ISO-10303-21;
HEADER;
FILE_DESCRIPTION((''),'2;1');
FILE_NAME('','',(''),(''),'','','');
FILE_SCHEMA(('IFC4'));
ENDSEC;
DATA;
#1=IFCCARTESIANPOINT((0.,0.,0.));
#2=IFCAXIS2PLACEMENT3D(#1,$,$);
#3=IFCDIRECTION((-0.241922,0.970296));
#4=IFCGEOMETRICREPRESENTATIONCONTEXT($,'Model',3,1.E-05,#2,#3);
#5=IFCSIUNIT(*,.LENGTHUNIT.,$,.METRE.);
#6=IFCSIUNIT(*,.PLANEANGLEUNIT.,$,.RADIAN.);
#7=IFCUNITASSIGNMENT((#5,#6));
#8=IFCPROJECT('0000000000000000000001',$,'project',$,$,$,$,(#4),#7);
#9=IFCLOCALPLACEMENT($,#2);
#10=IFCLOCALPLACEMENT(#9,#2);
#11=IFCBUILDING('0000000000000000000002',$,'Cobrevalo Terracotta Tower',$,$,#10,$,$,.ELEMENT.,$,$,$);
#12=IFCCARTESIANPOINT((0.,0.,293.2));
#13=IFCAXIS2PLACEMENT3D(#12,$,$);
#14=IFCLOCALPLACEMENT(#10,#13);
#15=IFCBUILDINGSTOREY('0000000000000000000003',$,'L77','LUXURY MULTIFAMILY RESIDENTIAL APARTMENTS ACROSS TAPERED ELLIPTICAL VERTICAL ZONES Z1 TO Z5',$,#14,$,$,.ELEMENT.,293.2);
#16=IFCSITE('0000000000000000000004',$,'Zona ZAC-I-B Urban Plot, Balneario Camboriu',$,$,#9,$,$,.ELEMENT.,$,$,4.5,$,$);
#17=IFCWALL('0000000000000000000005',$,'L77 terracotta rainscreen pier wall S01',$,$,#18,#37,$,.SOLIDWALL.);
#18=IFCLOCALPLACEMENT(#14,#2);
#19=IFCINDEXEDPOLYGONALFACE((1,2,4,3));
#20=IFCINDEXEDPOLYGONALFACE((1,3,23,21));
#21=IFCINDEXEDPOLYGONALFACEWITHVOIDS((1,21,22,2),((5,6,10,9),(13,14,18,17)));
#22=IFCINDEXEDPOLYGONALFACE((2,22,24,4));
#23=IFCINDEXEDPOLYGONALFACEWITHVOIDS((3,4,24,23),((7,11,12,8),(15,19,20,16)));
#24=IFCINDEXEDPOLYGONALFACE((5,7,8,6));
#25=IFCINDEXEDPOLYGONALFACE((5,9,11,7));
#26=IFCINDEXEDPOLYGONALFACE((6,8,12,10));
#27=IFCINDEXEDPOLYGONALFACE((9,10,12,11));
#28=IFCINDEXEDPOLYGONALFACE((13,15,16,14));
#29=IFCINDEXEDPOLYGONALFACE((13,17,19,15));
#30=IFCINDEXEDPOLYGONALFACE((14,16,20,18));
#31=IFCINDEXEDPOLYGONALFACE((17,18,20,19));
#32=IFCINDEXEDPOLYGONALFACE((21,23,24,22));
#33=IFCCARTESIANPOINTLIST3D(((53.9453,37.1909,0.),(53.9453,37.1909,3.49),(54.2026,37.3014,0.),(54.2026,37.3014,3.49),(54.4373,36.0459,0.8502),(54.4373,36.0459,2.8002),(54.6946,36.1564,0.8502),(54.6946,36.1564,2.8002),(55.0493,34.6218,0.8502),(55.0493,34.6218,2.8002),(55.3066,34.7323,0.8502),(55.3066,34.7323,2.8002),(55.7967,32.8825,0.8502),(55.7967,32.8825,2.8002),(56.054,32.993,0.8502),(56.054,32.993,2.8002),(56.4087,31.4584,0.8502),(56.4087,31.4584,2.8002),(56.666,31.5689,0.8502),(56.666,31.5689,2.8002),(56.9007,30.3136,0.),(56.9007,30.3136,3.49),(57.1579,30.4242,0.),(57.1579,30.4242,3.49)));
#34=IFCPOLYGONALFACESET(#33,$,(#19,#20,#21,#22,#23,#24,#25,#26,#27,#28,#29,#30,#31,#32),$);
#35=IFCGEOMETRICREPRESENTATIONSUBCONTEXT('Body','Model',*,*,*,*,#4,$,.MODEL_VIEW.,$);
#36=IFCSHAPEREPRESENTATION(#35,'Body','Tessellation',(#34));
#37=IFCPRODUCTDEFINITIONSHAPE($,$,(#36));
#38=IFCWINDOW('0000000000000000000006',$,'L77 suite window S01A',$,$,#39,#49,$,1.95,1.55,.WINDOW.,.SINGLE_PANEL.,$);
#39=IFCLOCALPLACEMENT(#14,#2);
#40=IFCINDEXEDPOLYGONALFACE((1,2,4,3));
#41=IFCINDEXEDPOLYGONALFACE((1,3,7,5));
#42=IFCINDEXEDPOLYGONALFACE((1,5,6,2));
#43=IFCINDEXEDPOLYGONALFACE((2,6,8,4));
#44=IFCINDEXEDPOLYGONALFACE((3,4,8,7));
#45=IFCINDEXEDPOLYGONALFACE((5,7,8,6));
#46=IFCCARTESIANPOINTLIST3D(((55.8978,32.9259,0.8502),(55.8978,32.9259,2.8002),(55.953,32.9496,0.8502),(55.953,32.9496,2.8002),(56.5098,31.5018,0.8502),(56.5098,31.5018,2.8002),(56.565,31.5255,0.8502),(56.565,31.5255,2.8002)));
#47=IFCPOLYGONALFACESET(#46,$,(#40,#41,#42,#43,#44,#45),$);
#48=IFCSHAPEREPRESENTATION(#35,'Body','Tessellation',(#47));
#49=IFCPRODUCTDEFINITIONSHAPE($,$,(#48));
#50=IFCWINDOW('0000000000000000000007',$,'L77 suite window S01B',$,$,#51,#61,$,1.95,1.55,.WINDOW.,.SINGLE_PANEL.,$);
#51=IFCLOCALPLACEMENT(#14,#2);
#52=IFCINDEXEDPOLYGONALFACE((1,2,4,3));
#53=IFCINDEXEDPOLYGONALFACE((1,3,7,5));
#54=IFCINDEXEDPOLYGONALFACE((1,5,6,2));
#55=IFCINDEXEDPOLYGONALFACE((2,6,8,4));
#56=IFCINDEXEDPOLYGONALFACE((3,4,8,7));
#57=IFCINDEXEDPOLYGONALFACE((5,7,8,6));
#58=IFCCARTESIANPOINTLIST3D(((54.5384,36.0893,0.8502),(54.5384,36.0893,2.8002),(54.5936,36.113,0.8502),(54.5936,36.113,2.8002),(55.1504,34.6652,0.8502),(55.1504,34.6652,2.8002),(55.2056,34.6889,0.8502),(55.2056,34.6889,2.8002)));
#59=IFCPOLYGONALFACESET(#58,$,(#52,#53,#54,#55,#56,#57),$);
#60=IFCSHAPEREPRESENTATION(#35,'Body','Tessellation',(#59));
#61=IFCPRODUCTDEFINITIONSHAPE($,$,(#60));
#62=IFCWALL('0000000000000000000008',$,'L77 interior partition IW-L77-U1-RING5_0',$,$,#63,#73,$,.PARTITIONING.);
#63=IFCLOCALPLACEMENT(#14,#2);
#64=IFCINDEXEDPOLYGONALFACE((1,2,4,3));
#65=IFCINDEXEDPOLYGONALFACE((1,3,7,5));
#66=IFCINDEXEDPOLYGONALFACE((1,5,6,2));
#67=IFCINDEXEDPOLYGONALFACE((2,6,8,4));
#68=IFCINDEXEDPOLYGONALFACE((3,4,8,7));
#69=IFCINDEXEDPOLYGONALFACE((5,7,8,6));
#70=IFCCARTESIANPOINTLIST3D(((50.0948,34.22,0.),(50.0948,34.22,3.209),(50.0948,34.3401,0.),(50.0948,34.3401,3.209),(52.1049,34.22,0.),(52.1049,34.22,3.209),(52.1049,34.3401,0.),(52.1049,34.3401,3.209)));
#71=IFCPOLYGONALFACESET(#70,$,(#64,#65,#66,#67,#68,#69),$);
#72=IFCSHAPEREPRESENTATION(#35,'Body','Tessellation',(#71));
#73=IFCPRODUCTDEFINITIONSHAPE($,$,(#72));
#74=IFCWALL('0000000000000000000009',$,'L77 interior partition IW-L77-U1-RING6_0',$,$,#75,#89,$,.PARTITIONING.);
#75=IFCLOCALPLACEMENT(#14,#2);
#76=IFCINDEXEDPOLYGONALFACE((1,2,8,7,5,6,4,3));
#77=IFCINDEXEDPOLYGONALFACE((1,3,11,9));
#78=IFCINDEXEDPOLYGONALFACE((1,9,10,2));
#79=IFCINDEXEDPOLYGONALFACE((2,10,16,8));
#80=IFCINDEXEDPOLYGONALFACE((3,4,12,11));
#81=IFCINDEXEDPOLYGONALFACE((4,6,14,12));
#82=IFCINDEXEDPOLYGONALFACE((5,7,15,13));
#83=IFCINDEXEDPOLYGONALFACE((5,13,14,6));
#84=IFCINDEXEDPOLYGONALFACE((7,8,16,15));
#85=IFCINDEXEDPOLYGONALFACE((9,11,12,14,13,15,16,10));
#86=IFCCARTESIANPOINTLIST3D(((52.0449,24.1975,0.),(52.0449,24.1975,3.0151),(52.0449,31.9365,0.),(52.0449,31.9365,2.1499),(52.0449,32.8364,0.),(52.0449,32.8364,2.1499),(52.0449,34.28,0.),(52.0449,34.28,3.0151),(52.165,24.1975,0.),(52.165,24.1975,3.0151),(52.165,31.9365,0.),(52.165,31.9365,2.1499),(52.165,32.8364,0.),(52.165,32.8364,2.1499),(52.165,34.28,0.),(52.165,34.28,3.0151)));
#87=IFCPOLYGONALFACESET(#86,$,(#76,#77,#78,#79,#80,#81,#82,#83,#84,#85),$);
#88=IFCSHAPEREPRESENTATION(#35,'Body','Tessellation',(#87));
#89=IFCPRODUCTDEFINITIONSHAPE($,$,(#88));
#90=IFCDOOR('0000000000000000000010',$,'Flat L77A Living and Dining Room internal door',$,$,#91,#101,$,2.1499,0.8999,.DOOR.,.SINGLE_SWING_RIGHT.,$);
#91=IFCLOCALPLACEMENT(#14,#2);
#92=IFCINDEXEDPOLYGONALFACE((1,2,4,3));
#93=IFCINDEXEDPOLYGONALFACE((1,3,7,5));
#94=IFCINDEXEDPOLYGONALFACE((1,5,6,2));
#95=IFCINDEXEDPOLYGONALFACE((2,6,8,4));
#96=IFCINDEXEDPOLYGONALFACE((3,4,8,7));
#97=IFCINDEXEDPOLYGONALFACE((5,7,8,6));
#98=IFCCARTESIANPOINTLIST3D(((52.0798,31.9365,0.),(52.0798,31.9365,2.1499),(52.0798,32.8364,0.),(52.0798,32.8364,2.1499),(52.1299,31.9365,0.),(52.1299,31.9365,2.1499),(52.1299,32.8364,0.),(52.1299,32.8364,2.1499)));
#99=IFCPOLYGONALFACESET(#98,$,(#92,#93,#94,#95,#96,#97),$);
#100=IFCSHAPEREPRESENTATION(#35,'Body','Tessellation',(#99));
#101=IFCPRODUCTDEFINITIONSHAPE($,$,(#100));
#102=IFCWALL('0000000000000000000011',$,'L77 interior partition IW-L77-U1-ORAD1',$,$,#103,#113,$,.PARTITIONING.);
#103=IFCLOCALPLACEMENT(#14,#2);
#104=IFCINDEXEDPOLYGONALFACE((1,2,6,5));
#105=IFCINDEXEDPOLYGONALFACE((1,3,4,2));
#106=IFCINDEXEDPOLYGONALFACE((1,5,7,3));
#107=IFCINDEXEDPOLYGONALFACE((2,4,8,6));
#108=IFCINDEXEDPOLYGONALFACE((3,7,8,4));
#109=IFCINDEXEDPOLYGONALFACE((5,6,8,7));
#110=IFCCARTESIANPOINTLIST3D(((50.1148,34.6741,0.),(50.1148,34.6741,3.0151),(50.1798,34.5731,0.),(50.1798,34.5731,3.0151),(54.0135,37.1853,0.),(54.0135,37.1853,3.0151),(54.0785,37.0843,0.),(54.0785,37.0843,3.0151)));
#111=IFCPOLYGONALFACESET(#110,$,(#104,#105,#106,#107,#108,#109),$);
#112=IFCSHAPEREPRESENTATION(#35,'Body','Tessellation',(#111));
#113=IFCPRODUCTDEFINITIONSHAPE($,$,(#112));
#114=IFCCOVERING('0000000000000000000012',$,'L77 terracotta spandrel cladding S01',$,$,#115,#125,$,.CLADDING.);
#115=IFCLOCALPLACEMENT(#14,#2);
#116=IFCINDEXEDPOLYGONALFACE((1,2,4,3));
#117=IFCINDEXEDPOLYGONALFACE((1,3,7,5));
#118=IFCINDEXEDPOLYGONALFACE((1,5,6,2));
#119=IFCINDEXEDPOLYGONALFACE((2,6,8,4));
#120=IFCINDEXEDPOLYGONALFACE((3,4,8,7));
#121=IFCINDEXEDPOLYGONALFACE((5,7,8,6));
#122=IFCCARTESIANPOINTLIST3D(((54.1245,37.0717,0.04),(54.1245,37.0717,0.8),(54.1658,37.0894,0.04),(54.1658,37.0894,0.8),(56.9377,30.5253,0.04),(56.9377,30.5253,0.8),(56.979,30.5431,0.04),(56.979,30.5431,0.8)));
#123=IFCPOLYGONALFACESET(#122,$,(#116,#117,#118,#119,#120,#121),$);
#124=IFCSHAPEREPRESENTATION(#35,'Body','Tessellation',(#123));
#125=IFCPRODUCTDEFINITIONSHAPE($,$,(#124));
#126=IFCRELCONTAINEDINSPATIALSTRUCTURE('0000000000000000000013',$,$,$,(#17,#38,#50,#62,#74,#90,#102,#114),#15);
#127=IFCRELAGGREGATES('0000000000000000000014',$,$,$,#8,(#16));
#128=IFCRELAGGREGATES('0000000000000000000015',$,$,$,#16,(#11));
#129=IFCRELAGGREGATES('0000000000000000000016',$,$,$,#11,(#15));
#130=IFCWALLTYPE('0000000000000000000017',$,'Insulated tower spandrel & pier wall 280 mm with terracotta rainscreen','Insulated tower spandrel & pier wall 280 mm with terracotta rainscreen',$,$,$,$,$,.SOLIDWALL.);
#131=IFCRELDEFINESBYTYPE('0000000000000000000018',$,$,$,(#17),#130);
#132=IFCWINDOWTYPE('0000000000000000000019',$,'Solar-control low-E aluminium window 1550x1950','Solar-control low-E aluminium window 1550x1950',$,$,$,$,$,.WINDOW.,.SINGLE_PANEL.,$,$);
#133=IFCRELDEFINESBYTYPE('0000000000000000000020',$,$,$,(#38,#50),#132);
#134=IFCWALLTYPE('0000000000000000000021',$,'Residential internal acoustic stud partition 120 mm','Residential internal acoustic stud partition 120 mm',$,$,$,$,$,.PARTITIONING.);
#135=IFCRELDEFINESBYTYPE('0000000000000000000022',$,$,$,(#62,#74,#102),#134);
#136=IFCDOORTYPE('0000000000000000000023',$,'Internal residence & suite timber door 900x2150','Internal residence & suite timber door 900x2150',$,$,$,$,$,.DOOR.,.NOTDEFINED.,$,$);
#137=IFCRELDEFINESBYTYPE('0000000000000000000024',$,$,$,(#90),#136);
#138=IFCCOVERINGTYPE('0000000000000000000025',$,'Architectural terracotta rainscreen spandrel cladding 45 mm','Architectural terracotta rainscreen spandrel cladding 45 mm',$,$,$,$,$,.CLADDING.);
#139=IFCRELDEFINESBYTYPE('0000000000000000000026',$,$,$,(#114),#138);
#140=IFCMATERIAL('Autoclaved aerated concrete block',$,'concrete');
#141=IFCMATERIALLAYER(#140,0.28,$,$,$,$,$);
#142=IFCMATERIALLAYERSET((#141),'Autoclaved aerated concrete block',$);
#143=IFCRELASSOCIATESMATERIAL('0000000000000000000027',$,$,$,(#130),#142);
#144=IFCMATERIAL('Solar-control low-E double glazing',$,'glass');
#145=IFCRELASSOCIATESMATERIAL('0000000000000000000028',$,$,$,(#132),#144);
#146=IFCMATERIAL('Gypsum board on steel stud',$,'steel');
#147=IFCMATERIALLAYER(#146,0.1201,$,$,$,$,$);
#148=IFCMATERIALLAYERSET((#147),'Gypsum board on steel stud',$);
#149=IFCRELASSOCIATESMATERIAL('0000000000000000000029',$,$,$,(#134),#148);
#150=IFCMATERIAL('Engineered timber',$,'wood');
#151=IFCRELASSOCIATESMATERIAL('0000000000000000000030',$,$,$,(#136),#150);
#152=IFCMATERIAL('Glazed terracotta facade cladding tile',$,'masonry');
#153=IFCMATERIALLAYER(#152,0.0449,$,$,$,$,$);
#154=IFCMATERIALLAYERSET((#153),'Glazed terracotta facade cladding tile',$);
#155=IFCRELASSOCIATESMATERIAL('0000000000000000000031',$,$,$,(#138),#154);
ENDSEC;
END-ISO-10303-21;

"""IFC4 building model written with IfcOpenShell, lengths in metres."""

from ifc_helpers import new_model, si_unit, direction, frame, frame_2d, origin, origin_2d, place, context, subcontext, project, spatial, rectangle, extrude, source, transform, mapped, material, layer, layer_set, type_object, element, fill, save


model = new_model("IFC4")

# Units and contexts
model_context = context("Model", 3, precision=1e-05, world=origin(), true_north=direction((-0.241922, 0.970296)))
body_context = subcontext(model_context, "Body", "Model", "MODEL_VIEW")
ifc_project = project(units=[si_unit("LENGTHUNIT", "METRE"), si_unit("PLANEANGLEUNIT", "RADIAN")], contexts=[model_context])

# Site, building, storey
site_placement = place(None, origin())
site = spatial("IfcSite", under=ifc_project, at=site_placement, Name="Zona ZAC-I-B Urban Plot, Balneario Camboriu", CompositionType="ELEMENT", RefElevation=4.5)
building_placement = place(site_placement, origin())
building = spatial("IfcBuilding", under=site, at=building_placement, Name="Cobrevalo Terracotta Tower", CompositionType="ELEMENT")
storey_placement = place(building_placement, frame((0.0, 0.0, 293.2)))
storey = spatial("IfcBuildingStorey", under=building, at=storey_placement, Name="L77", Description="LUXURY MULTIFAMILY RESIDENTIAL APARTMENTS ACROSS TAPERED ELLIPTICAL VERTICAL ZONES Z1 TO Z5", CompositionType="ELEMENT", Elevation=293.2)

# Shared definitions
ifc_material_1 = material(Name="Solar-control low-E double glazing", Category="glass")

# Wall, openings, windows
ifc_material_2 = material(Name="Autoclaved aerated concrete block", Category="concrete")
ifc_layer_1 = layer(ifc_material_2, 0.28)
ifc_layer_set_1 = layer_set([ifc_layer_1], Name="Autoclaved aerated concrete block")
wall_type_1 = type_object("IfcWallType", Name="Insulated tower spandrel & pier wall 280 mm with terracotta rainscreen", Description="Insulated tower spandrel & pier wall 280 mm with terracotta rainscreen", PredefinedType="SOLIDWALL", material=ifc_layer_set_1)
wall_1_placement = place(storey_placement, frame((57.0293, 30.3689, 0.0), z_axis=(0.0, 0.0, 1.0), x_axis=(-0.394817, 0.91876, 0.0)))
wall_1 = element("IfcWall", 1, at=wall_1_placement, inside=storey, type_object=wall_type_1, Name="L77 terracotta rainscreen pier wall S01", PredefinedType="SOLIDWALL", context=body_context, shape_type="SweptSolid", body=[
    extrude(rectangle(XDim=7.4854, YDim=0.28, at=frame_2d((3.7427, 0.0))), origin(), (0.0, 0.0, 1.0), 3.49),
])
opening_1_placement = place(wall_1_placement, frame((1.2461, 0.0, 0.8501)))
opening_1 = element("IfcOpeningElement", 2, at=opening_1_placement, cuts=wall_1, PredefinedType="OPENING", context=body_context, shape_type="SweptSolid", body=[
    extrude(rectangle(XDim=1.55, YDim=1.95, at=frame_2d((0.7749, 0.9751))), frame((0.0, 0.1499, 0.0), z_axis=(0.0, -1.0, 0.0), x_axis=(1.0, 0.0, 0.0)), (0.0, 0.0, 1.0), 0.3),
])
opening_2_placement = place(wall_1_placement, frame((4.6892, 0.0, 0.8501)))
opening_2 = element("IfcOpeningElement", 3, at=opening_2_placement, cuts=wall_1, PredefinedType="OPENING", context=body_context, shape_type="SweptSolid", body=[
    extrude(rectangle(XDim=1.55, YDim=1.95, at=frame_2d((0.7749, 0.9751))), frame((0.0, 0.1499, 0.0), z_axis=(0.0, -1.0, 0.0), x_axis=(1.0, 0.0, 0.0)), (0.0, 0.0, 1.0), 0.3),
])
window_type = type_object("IfcWindowType", Name="Solar-control low-E aluminium window 1550x1950", Description="Solar-control low-E aluminium window 1550x1950", PartitioningType="SINGLE_PANEL", PredefinedType="WINDOW", material=ifc_material_1)
shared_shape_1 = source(origin(), body_context, "Body", "SweptSolid", [
    extrude(rectangle(XDim=1.55, YDim=1.95, at=frame_2d((0.7749, 0.9751))), frame((0.0, 0.03, 0.0), z_axis=(0.0, -1.0, 0.0), x_axis=(1.0, 0.0, 0.0)), (0.0, 0.0, 1.0), 0.0601),
])
window_1_placement = place(opening_1_placement, origin())
window_1 = element("IfcWindow", 4, at=window_1_placement, inside=storey, type_object=window_type, Name="L77 suite window S01A", OverallHeight=1.95, OverallWidth=1.55, PartitioningType="SINGLE_PANEL", PredefinedType="WINDOW", context=body_context, shape_type="MappedRepresentation", body=[
    mapped(shared_shape_1, transform((0.0, 0.0, 0.0), scale=1.0)),
])
fill(opening_1, window_1)
window_2_placement = place(opening_2_placement, origin())
window_2 = element("IfcWindow", 5, at=window_2_placement, inside=storey, type_object=window_type, Name="L77 suite window S01B", OverallHeight=1.95, OverallWidth=1.55, PartitioningType="SINGLE_PANEL", PredefinedType="WINDOW", context=body_context, shape_type="MappedRepresentation", body=[
    mapped(shared_shape_1, transform((0.0, 0.0, 0.0), scale=1.0)),
])
fill(opening_2, window_2)

# Wall
ifc_material_3 = material(Name="Gypsum board on steel stud", Category="steel")
ifc_layer_2 = layer(ifc_material_3, 0.1201)
ifc_layer_set_2 = layer_set([ifc_layer_2], Name="Gypsum board on steel stud")
wall_type_2 = type_object("IfcWallType", Name="Residential internal acoustic stud partition 120 mm", Description="Residential internal acoustic stud partition 120 mm", PredefinedType="PARTITIONING", material=ifc_layer_set_2)
wall_2_placement = place(storey_placement, frame((50.095, 34.28, 0.0), z_axis=(0.0, 0.0, 1.0), x_axis=(1.0, 0.0, 0.0)))
element("IfcWall", 6, at=wall_2_placement, inside=storey, type_object=wall_type_2, Name="L77 interior partition IW-L77-U1-RING5_0", PredefinedType="PARTITIONING", context=body_context, shape_type="SweptSolid", body=[
    extrude(rectangle(XDim=2.01, YDim=0.1201, at=frame_2d((1.0049, 0.0))), origin(), (0.0, 0.0, 1.0), 3.209),
])

# Wall, opening, door
wall_3_placement = place(storey_placement, frame((52.105, 34.28, 0.0), z_axis=(0.0, 0.0, 1.0), x_axis=(0.0, -1.0, 0.0)))
wall_3 = element("IfcWall", 7, at=wall_3_placement, inside=storey, type_object=wall_type_2, Name="L77 interior partition IW-L77-U1-RING6_0", PredefinedType="PARTITIONING", context=body_context, shape_type="SweptSolid", body=[
    extrude(rectangle(XDim=10.0825, YDim=0.1201, at=frame_2d((5.0413, 0.0))), origin(), (0.0, 0.0, 1.0), 3.0151),
])
opening_3_placement = place(wall_3_placement, frame((1.4436, 0.0, 0.0)))
opening_3 = element("IfcOpeningElement", 8, at=opening_3_placement, cuts=wall_3, PredefinedType="OPENING", context=body_context, shape_type="SweptSolid", body=[
    extrude(rectangle(XDim=0.8999, YDim=2.1499, at=frame_2d((0.45, 1.075))), frame((0.0, 0.0701, 0.0), z_axis=(0.0, -1.0, 0.0), x_axis=(1.0, 0.0, 0.0)), (0.0, 0.0, 1.0), 0.1401),
])
ifc_material_4 = material(Name="Engineered timber", Category="wood")
door_type_1 = type_object("IfcDoorType", Name="Internal residence & suite timber door 900x2150", Description="Internal residence & suite timber door 900x2150", OperationType="NOTDEFINED", PredefinedType="DOOR", material=ifc_material_4)
shared_shape_2 = source(origin(), body_context, "Body", "SweptSolid", [
    extrude(rectangle(XDim=0.8999, YDim=2.1499, at=frame_2d((0.45, 1.075))), frame((0.0, 0.0249, 0.0), z_axis=(0.0, -1.0, 0.0), x_axis=(1.0, 0.0, 0.0)), (0.0, 0.0, 1.0), 0.05),
])
door_1_placement = place(opening_3_placement, origin())
door_1 = element("IfcDoor", 9, at=door_1_placement, inside=storey, type_object=door_type_1, Name="Flat L77A Living and Dining Room internal door", OperationType="SINGLE_SWING_RIGHT", OverallHeight=2.1499, OverallWidth=0.8999, PredefinedType="DOOR", context=body_context, shape_type="MappedRepresentation", body=[
    mapped(shared_shape_2, transform((0.0, 0.0, 0.0), scale=1.0)),
])
fill(opening_3, door_1)

# Wall
wall_4_placement = place(storey_placement, frame((50.1472, 34.6235, 0.0), z_axis=(0.0, 0.0, 1.0), x_axis=(0.840694, 0.54151, 0.0)))
element("IfcWall", 10, at=wall_4_placement, inside=storey, type_object=wall_type_2, Name="L77 interior partition IW-L77-U1-ORAD1", PredefinedType="PARTITIONING", context=body_context, shape_type="SweptSolid", body=[
    extrude(rectangle(XDim=4.6375, YDim=0.1201, at=frame_2d((2.3188, 0.0))), origin(), (0.0, 0.0, 1.0), 3.0151),
])

# Covering
ifc_material_5 = material(Name="Glazed terracotta facade cladding tile", Category="masonry")
ifc_layer_3 = layer(ifc_material_5, 0.0449)
ifc_layer_set_3 = layer_set([ifc_layer_3], Name="Glazed terracotta facade cladding tile")
covering_type = type_object("IfcCoveringType", Name="Architectural terracotta rainscreen spandrel cladding 45 mm", Description="Architectural terracotta rainscreen spandrel cladding 45 mm", PredefinedType="CLADDING", material=ifc_layer_set_3)
shared_shape_3 = source(origin(), body_context, "Body", "SweptSolid", [
    extrude(rectangle(XDim=7.1252, YDim=0.0449, at=origin_2d()), origin(), (0.0, 0.0, 1.0), 0.76),
])
covering_placement = place(storey_placement, frame((55.5518, 33.8074, 0.04), z_axis=(0.0, 0.0, 1.0), x_axis=(-0.394829, 0.918755, 0.0)))
element("IfcCovering", 11, at=covering_placement, inside=storey, type_object=covering_type, Name="L77 terracotta spandrel cladding S01", PredefinedType="CLADDING", context=body_context, shape_type="MappedRepresentation", body=[
    mapped(shared_shape_3, transform((0.0, 0.0, 0.0), scale=1.0)),
])

save(model, "model.ifc")
